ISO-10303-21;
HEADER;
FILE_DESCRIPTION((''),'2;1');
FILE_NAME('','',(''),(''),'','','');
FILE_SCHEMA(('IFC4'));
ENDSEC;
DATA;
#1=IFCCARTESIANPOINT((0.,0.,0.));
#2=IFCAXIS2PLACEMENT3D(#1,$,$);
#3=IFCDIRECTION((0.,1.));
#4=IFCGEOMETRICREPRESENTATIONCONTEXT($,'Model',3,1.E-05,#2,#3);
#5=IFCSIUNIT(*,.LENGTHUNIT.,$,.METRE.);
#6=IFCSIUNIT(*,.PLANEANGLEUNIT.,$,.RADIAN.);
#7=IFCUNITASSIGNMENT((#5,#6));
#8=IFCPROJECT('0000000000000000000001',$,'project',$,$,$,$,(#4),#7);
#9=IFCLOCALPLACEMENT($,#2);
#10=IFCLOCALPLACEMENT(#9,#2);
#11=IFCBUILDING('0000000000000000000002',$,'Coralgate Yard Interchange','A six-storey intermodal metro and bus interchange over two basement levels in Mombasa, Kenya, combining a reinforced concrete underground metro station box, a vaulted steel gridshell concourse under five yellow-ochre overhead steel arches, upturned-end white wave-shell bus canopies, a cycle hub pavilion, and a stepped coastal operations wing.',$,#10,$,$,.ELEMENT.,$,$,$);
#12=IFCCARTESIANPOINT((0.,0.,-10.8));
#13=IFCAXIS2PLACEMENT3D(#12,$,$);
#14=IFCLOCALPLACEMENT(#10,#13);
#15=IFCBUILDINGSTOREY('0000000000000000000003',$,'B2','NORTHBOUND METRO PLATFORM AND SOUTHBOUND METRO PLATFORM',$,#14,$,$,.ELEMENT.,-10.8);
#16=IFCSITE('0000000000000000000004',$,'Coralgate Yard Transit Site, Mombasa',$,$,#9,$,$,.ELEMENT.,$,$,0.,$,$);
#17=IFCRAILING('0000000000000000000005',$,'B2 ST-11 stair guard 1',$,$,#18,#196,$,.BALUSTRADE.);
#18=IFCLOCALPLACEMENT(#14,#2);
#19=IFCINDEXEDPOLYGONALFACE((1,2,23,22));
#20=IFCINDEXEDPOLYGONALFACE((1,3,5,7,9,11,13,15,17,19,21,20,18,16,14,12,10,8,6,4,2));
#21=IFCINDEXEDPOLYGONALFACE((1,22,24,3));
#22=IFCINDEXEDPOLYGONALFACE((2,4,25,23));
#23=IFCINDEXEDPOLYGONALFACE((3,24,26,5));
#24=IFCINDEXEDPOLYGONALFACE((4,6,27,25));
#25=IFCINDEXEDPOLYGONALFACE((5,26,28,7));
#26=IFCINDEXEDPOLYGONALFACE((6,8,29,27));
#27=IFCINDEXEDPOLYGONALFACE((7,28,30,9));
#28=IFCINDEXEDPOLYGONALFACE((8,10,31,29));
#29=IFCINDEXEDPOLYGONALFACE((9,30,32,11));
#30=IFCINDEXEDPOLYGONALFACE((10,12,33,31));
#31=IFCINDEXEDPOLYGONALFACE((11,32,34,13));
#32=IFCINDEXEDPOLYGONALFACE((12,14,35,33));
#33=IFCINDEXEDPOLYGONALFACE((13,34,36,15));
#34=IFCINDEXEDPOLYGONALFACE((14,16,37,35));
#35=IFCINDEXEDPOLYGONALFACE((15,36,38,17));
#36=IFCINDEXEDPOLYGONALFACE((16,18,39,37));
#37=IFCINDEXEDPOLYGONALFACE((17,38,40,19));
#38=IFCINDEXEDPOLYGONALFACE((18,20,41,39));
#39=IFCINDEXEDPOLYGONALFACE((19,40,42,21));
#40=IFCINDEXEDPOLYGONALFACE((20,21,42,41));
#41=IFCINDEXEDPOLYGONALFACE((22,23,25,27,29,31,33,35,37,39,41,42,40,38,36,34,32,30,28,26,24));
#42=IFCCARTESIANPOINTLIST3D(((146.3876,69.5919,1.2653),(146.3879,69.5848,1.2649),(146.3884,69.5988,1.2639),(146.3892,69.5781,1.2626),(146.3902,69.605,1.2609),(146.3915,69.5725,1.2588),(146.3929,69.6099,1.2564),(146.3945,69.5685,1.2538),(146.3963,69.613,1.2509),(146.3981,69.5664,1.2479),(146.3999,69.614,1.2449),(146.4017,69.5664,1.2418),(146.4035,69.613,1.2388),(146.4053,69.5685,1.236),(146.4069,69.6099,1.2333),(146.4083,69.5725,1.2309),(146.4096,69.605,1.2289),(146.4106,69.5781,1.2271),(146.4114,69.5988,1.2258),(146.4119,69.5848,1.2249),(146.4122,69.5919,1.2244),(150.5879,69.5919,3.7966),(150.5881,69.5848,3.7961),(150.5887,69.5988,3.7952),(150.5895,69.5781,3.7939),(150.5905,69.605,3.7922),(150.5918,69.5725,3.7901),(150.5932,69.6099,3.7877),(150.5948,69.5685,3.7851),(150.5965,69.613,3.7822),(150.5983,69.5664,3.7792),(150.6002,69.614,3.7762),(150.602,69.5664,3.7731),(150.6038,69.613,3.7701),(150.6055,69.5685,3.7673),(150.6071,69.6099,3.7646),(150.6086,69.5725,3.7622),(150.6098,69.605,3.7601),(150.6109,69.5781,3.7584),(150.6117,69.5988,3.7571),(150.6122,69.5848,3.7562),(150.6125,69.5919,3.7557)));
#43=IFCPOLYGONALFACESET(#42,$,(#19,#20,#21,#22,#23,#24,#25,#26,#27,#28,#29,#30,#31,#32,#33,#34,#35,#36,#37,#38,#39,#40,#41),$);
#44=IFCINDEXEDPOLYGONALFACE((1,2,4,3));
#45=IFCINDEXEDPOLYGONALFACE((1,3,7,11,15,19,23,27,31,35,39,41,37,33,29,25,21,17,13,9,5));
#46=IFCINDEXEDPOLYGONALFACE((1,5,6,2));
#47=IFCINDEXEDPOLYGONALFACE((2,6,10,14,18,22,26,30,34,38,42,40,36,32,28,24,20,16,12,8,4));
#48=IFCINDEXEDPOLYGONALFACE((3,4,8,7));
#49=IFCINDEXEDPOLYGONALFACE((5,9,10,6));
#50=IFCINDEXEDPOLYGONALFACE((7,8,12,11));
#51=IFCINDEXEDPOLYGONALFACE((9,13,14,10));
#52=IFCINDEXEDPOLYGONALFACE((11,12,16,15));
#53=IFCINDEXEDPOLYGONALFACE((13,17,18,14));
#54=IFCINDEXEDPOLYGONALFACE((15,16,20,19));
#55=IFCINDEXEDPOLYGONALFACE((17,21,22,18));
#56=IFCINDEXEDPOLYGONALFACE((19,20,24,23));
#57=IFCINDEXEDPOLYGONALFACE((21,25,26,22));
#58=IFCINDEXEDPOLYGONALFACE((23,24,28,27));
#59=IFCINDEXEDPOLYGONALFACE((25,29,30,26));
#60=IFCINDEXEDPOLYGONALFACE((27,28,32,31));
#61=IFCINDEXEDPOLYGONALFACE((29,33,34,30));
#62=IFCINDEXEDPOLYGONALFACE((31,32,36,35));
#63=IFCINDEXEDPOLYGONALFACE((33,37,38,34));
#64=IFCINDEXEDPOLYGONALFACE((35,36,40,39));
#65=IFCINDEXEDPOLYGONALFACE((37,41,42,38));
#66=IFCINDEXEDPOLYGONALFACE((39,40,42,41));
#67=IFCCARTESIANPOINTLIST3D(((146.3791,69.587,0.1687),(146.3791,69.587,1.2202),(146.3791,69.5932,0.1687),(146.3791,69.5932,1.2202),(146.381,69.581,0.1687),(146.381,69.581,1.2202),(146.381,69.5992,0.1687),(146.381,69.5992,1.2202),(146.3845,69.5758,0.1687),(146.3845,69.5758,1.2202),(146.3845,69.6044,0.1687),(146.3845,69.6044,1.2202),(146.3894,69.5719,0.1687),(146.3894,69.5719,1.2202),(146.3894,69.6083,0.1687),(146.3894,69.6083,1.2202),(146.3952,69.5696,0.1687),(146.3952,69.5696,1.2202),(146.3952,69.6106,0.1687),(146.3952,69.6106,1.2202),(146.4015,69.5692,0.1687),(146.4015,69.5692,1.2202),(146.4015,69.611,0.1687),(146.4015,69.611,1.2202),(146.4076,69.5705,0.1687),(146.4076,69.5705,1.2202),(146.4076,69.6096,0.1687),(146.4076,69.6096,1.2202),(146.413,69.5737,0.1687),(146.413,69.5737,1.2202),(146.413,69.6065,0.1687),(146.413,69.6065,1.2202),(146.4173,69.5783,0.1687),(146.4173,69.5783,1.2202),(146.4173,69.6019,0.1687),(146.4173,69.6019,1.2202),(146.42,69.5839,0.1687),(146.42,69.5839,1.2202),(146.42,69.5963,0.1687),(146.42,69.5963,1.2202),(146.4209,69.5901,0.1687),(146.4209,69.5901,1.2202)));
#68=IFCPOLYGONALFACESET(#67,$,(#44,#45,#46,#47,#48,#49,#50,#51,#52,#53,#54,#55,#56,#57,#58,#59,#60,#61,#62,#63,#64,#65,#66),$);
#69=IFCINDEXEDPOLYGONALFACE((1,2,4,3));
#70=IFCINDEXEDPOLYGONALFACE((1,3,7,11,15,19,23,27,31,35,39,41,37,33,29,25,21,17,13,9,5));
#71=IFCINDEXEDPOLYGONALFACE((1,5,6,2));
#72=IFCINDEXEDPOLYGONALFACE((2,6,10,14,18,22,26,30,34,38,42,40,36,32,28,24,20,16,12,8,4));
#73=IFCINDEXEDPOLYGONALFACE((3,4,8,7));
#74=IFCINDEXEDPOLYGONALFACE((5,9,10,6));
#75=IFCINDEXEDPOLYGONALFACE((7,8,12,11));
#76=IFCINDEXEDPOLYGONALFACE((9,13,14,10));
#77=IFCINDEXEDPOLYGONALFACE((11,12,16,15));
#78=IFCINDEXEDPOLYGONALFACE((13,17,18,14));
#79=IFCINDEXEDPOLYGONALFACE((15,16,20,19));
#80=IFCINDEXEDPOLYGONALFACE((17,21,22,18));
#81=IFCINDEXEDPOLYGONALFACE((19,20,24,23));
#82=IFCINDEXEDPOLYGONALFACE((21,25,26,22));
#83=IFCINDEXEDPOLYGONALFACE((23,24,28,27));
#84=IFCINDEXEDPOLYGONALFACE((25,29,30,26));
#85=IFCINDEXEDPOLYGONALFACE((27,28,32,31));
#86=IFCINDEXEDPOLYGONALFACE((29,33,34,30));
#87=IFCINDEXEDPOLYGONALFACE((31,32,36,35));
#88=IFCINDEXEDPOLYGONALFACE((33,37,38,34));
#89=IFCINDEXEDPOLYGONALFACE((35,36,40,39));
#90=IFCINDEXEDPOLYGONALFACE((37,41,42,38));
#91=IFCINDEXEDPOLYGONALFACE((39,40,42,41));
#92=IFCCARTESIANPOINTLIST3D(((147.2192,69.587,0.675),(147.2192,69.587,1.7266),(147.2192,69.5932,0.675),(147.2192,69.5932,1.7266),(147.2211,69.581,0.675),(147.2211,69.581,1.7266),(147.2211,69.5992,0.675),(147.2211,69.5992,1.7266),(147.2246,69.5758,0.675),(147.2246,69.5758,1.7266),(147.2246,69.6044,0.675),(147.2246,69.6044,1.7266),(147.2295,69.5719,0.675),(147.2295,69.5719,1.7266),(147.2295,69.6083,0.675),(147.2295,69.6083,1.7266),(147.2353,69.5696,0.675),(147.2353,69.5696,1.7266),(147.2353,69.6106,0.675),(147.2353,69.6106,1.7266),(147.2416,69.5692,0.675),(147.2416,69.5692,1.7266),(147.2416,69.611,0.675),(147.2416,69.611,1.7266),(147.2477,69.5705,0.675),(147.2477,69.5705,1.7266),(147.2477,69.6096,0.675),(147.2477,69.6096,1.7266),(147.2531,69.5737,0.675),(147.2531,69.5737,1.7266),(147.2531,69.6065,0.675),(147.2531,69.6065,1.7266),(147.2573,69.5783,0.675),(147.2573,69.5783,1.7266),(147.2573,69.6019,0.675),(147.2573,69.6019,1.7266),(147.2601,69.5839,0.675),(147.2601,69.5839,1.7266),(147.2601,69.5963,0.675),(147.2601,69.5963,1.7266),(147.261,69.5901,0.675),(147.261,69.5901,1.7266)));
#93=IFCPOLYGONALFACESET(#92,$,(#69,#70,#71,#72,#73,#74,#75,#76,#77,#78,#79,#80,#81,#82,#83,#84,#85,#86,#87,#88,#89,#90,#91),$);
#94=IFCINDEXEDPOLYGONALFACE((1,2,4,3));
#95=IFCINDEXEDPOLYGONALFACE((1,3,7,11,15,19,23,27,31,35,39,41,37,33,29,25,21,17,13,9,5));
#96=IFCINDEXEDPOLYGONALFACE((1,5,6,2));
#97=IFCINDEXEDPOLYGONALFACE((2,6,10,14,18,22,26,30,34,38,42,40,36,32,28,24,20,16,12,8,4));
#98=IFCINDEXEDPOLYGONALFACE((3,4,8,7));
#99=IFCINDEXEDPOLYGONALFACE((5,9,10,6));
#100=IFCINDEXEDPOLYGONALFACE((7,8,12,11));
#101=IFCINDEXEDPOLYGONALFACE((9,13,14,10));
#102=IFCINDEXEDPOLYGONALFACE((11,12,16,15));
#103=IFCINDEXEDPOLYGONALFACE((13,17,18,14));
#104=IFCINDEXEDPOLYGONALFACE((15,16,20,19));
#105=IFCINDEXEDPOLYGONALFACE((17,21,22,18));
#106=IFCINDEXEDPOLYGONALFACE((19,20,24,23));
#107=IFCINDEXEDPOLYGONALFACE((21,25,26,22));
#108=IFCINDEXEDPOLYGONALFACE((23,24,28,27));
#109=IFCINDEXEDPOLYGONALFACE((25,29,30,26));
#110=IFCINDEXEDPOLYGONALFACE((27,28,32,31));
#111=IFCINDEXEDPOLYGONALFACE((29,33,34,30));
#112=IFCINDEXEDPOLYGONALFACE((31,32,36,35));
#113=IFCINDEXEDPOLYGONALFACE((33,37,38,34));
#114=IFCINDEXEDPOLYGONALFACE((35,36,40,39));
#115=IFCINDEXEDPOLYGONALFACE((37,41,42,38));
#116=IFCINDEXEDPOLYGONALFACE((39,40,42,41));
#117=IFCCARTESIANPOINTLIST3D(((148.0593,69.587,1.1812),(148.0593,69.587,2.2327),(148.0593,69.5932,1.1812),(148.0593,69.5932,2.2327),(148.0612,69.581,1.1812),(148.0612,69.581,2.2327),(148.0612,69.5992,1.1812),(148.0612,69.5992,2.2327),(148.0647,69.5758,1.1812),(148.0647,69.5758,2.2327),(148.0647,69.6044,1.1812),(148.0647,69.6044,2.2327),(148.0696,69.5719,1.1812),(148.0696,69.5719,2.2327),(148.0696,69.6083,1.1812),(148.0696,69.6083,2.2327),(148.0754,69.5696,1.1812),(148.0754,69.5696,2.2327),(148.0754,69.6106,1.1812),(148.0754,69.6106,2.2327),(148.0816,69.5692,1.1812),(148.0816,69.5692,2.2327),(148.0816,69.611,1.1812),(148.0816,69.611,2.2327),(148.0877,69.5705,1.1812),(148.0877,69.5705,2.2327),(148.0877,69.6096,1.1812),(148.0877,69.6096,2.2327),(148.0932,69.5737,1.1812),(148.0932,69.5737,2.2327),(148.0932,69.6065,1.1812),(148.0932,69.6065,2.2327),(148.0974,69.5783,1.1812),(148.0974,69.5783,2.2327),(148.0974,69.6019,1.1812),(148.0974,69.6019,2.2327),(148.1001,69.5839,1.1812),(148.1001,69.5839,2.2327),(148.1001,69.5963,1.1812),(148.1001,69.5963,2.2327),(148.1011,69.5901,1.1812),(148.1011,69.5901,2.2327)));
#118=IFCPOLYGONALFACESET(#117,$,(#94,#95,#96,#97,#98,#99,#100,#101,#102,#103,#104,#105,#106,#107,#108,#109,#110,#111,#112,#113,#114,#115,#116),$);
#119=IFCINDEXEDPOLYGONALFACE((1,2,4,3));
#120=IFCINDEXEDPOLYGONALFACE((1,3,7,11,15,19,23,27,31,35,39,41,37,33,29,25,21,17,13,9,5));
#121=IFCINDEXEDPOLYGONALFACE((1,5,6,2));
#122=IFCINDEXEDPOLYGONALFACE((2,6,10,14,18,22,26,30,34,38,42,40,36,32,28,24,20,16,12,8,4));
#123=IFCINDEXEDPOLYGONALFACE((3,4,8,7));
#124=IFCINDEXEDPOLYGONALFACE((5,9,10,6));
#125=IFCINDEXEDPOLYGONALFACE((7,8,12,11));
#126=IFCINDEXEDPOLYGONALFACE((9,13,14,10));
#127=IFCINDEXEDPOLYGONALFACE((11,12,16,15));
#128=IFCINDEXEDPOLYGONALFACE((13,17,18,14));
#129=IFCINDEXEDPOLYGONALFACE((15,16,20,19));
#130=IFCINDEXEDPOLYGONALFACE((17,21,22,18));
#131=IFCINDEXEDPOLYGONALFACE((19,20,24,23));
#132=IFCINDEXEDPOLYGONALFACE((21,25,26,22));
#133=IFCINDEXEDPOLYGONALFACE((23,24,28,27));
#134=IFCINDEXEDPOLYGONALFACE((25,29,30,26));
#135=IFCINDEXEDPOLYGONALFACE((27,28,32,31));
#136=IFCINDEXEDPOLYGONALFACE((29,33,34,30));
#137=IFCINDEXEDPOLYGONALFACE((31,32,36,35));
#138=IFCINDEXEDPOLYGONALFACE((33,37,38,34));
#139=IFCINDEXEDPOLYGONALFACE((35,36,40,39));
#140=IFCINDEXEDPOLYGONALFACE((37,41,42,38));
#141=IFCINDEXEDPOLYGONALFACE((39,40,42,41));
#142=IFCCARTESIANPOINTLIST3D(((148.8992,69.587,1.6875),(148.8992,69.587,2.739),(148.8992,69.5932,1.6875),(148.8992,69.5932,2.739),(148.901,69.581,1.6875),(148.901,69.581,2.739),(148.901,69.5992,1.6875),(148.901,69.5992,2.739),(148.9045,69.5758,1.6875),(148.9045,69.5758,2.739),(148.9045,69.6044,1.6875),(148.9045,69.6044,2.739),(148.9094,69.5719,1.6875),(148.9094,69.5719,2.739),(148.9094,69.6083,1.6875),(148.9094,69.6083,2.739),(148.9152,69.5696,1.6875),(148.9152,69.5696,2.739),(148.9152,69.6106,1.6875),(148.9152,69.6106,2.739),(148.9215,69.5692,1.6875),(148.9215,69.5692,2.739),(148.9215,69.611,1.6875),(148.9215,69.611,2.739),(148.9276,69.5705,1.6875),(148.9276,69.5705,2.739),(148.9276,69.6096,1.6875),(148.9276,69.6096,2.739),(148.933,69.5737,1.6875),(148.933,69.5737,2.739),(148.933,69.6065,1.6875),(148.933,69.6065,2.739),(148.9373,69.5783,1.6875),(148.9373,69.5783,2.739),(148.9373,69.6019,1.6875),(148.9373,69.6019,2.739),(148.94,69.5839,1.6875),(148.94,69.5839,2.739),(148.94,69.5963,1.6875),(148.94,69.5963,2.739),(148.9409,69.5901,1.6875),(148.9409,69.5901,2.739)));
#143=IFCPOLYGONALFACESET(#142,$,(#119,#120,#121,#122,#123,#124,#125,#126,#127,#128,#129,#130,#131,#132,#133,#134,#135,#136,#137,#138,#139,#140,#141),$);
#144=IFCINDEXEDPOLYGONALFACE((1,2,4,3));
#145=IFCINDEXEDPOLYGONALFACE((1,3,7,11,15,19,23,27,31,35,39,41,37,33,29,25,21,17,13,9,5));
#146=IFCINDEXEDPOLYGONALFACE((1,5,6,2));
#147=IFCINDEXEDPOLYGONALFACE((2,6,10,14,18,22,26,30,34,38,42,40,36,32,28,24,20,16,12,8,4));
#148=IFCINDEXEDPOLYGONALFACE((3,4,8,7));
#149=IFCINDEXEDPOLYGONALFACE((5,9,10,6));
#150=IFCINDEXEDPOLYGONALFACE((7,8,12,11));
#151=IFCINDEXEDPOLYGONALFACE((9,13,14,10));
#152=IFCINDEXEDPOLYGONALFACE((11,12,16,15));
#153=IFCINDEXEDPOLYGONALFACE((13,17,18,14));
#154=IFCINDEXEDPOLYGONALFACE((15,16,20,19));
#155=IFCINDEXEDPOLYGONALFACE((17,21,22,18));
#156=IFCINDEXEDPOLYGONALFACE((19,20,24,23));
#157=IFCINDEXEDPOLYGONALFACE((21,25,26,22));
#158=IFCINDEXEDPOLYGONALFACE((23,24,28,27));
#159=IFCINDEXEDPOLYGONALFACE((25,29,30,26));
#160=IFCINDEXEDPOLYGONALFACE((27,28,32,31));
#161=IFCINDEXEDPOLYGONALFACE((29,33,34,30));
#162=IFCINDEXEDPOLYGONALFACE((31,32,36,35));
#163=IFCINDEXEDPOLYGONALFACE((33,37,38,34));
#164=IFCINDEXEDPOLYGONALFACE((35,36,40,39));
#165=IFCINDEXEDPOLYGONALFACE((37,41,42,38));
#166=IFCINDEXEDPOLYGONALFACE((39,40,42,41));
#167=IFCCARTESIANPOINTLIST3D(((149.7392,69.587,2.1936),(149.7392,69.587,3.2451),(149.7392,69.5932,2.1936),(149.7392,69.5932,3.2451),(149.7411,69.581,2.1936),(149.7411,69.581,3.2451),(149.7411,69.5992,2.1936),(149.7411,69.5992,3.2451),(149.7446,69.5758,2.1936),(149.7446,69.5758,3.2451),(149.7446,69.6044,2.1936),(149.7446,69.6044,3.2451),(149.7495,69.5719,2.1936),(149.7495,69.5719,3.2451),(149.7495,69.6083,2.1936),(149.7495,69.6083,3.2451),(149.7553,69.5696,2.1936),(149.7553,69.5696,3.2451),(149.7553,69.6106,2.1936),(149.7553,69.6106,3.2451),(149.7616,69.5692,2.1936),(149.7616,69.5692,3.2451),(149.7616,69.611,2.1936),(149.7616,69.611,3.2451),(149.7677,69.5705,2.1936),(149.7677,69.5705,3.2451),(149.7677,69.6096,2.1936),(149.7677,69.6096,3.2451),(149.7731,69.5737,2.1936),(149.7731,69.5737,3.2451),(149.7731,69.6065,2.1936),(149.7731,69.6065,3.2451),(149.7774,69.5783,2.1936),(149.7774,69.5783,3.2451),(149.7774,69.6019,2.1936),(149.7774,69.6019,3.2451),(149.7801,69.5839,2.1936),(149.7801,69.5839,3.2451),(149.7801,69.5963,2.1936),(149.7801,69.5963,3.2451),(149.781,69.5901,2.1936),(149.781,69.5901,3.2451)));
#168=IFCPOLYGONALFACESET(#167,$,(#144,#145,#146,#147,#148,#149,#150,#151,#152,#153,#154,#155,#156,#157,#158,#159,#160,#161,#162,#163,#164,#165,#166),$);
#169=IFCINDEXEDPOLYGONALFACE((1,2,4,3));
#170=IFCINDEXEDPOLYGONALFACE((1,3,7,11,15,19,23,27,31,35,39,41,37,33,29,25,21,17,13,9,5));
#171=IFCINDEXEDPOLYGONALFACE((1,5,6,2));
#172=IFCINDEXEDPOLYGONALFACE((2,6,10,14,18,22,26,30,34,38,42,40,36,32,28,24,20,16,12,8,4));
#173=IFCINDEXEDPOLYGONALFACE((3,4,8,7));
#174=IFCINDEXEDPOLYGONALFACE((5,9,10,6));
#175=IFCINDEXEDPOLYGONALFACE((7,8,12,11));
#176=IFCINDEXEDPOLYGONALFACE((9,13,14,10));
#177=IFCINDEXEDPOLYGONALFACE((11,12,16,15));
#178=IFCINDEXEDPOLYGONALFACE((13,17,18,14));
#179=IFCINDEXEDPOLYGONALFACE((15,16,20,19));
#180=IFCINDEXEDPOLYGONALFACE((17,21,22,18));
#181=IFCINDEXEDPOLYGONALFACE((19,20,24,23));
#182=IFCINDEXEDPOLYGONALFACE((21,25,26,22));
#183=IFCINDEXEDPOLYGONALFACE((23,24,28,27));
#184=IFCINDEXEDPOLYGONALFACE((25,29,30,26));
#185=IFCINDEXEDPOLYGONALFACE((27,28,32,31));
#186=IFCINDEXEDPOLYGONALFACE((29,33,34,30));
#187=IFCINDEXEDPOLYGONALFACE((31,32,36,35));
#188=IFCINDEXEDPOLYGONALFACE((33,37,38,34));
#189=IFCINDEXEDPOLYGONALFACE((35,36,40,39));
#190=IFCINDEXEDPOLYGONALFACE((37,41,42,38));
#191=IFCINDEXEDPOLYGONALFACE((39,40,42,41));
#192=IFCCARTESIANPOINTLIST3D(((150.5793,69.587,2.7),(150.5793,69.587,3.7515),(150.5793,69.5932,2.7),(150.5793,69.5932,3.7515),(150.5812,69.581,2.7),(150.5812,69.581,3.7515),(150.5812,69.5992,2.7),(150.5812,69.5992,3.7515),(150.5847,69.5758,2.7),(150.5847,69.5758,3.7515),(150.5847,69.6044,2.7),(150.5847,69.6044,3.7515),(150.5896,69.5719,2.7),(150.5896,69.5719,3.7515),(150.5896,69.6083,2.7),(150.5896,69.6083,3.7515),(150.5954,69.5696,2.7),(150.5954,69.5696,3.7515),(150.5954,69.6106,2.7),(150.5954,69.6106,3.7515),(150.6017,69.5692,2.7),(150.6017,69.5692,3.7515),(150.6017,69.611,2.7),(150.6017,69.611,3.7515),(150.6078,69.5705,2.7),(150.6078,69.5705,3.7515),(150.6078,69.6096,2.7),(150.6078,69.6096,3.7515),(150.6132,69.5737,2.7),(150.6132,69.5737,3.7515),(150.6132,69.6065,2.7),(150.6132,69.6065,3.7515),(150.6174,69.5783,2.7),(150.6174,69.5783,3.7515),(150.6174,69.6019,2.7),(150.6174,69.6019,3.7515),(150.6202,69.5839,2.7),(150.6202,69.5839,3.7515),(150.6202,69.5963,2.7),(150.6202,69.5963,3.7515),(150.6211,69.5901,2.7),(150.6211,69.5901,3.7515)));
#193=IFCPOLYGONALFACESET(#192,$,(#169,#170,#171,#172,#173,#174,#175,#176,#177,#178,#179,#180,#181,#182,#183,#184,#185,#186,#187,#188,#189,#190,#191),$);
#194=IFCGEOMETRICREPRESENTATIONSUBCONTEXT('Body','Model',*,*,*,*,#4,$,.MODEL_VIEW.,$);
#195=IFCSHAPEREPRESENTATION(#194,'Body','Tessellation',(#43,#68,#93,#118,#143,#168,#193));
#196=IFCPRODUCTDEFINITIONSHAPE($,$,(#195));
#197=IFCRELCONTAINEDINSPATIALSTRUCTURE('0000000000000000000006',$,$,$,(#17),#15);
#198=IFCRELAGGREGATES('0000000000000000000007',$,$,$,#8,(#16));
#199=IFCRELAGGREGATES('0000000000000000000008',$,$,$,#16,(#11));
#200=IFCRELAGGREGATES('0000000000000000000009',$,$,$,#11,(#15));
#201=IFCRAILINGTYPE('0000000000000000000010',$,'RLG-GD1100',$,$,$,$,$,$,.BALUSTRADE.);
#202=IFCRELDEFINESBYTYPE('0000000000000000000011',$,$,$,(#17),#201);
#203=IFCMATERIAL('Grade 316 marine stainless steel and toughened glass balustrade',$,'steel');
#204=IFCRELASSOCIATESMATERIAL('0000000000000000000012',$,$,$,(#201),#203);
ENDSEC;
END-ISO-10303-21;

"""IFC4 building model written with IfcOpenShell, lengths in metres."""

from ifc_helpers import new_model, si_unit, direction, frame, origin, origin_2d, place, context, subcontext, project, spatial, circle, extrude, material, type_object, element, save


model = new_model("IFC4")

# Units and contexts
model_context = context("Model", 3, precision=1e-05, world=origin(), true_north=direction((0.0, 1.0)))
body_context = subcontext(model_context, "Body", "Model", "MODEL_VIEW")
ifc_project = project(units=[si_unit("LENGTHUNIT", "METRE"), si_unit("PLANEANGLEUNIT", "RADIAN")], contexts=[model_context])

# Site, building, storey
site_placement = place(None, origin())
site = spatial("IfcSite", under=ifc_project, at=site_placement, Name="Coralgate Yard Transit Site, Mombasa", CompositionType="ELEMENT", RefElevation=0.0)
building_placement = place(site_placement, origin())
building = spatial("IfcBuilding", under=site, at=building_placement, Name="Coralgate Yard Interchange", Description="A six-storey intermodal metro and bus interchange over two basement levels in Mombasa, Kenya, combining a reinforced concrete underground metro station box, a vaulted steel gridshell concourse under five yellow-ochre overhead steel arches, upturned-end white wave-shell bus canopies, a cycle hub pavilion, and a stepped coastal operations wing.", CompositionType="ELEMENT")
storey_placement = place(building_placement, frame((0.0, 0.0, -10.8)))
storey = spatial("IfcBuildingStorey", under=building, at=storey_placement, Name="B2", Description="NORTHBOUND METRO PLATFORM AND SOUTHBOUND METRO PLATFORM", CompositionType="ELEMENT", Elevation=-10.8)

# Railing
ifc_material_1 = material(Name="Grade 316 marine stainless steel and toughened glass balustrade", Category="steel")
railing_type_1 = type_object("IfcRailingType", Name="RLG-GD1100", PredefinedType="BALUSTRADE", material=ifc_material_1)
railing_1_placement = place(storey_placement, frame((146.3999, 69.5901, 0.1687)))
element("IfcRailing", 1, at=railing_1_placement, inside=storey, type_object=railing_type_1, Name="B2 ST-11 stair guard 1", PredefinedType="BALUSTRADE", context=body_context, shape_type="SweptSolid", body=[
    extrude(circle(Radius=0.0239, at=origin_2d()), frame((0.0, 0.0, 1.0762), z_axis=(0.85649, 0.0, 0.516164), x_axis=(0.0, 1.0, 0.0)), (0.0, 0.0, 1.0), 4.9041),
    extrude(circle(Radius=0.021, at=origin_2d()), origin(), (0.0, 0.0, 1.0), 1.0515),
    extrude(circle(Radius=0.021, at=origin_2d()), frame((0.8401, 0.0, 0.5063)), (0.0, 0.0, 1.0), 1.0515),
    extrude(circle(Radius=0.021, at=origin_2d()), frame((1.6802, 0.0, 1.0125)), (0.0, 0.0, 1.0), 1.0515),
    extrude(circle(Radius=0.021, at=origin_2d()), frame((2.52, 0.0, 1.5188)), (0.0, 0.0, 1.0), 1.0515),
    extrude(circle(Radius=0.021, at=origin_2d()), frame((3.3601, 0.0, 2.0249)), (0.0, 0.0, 1.0), 1.0515),
    extrude(circle(Radius=0.021, at=origin_2d()), frame((4.2002, 0.0, 2.5312)), (0.0, 0.0, 1.0), 1.0515),
])

save(model, "model.ifc")
